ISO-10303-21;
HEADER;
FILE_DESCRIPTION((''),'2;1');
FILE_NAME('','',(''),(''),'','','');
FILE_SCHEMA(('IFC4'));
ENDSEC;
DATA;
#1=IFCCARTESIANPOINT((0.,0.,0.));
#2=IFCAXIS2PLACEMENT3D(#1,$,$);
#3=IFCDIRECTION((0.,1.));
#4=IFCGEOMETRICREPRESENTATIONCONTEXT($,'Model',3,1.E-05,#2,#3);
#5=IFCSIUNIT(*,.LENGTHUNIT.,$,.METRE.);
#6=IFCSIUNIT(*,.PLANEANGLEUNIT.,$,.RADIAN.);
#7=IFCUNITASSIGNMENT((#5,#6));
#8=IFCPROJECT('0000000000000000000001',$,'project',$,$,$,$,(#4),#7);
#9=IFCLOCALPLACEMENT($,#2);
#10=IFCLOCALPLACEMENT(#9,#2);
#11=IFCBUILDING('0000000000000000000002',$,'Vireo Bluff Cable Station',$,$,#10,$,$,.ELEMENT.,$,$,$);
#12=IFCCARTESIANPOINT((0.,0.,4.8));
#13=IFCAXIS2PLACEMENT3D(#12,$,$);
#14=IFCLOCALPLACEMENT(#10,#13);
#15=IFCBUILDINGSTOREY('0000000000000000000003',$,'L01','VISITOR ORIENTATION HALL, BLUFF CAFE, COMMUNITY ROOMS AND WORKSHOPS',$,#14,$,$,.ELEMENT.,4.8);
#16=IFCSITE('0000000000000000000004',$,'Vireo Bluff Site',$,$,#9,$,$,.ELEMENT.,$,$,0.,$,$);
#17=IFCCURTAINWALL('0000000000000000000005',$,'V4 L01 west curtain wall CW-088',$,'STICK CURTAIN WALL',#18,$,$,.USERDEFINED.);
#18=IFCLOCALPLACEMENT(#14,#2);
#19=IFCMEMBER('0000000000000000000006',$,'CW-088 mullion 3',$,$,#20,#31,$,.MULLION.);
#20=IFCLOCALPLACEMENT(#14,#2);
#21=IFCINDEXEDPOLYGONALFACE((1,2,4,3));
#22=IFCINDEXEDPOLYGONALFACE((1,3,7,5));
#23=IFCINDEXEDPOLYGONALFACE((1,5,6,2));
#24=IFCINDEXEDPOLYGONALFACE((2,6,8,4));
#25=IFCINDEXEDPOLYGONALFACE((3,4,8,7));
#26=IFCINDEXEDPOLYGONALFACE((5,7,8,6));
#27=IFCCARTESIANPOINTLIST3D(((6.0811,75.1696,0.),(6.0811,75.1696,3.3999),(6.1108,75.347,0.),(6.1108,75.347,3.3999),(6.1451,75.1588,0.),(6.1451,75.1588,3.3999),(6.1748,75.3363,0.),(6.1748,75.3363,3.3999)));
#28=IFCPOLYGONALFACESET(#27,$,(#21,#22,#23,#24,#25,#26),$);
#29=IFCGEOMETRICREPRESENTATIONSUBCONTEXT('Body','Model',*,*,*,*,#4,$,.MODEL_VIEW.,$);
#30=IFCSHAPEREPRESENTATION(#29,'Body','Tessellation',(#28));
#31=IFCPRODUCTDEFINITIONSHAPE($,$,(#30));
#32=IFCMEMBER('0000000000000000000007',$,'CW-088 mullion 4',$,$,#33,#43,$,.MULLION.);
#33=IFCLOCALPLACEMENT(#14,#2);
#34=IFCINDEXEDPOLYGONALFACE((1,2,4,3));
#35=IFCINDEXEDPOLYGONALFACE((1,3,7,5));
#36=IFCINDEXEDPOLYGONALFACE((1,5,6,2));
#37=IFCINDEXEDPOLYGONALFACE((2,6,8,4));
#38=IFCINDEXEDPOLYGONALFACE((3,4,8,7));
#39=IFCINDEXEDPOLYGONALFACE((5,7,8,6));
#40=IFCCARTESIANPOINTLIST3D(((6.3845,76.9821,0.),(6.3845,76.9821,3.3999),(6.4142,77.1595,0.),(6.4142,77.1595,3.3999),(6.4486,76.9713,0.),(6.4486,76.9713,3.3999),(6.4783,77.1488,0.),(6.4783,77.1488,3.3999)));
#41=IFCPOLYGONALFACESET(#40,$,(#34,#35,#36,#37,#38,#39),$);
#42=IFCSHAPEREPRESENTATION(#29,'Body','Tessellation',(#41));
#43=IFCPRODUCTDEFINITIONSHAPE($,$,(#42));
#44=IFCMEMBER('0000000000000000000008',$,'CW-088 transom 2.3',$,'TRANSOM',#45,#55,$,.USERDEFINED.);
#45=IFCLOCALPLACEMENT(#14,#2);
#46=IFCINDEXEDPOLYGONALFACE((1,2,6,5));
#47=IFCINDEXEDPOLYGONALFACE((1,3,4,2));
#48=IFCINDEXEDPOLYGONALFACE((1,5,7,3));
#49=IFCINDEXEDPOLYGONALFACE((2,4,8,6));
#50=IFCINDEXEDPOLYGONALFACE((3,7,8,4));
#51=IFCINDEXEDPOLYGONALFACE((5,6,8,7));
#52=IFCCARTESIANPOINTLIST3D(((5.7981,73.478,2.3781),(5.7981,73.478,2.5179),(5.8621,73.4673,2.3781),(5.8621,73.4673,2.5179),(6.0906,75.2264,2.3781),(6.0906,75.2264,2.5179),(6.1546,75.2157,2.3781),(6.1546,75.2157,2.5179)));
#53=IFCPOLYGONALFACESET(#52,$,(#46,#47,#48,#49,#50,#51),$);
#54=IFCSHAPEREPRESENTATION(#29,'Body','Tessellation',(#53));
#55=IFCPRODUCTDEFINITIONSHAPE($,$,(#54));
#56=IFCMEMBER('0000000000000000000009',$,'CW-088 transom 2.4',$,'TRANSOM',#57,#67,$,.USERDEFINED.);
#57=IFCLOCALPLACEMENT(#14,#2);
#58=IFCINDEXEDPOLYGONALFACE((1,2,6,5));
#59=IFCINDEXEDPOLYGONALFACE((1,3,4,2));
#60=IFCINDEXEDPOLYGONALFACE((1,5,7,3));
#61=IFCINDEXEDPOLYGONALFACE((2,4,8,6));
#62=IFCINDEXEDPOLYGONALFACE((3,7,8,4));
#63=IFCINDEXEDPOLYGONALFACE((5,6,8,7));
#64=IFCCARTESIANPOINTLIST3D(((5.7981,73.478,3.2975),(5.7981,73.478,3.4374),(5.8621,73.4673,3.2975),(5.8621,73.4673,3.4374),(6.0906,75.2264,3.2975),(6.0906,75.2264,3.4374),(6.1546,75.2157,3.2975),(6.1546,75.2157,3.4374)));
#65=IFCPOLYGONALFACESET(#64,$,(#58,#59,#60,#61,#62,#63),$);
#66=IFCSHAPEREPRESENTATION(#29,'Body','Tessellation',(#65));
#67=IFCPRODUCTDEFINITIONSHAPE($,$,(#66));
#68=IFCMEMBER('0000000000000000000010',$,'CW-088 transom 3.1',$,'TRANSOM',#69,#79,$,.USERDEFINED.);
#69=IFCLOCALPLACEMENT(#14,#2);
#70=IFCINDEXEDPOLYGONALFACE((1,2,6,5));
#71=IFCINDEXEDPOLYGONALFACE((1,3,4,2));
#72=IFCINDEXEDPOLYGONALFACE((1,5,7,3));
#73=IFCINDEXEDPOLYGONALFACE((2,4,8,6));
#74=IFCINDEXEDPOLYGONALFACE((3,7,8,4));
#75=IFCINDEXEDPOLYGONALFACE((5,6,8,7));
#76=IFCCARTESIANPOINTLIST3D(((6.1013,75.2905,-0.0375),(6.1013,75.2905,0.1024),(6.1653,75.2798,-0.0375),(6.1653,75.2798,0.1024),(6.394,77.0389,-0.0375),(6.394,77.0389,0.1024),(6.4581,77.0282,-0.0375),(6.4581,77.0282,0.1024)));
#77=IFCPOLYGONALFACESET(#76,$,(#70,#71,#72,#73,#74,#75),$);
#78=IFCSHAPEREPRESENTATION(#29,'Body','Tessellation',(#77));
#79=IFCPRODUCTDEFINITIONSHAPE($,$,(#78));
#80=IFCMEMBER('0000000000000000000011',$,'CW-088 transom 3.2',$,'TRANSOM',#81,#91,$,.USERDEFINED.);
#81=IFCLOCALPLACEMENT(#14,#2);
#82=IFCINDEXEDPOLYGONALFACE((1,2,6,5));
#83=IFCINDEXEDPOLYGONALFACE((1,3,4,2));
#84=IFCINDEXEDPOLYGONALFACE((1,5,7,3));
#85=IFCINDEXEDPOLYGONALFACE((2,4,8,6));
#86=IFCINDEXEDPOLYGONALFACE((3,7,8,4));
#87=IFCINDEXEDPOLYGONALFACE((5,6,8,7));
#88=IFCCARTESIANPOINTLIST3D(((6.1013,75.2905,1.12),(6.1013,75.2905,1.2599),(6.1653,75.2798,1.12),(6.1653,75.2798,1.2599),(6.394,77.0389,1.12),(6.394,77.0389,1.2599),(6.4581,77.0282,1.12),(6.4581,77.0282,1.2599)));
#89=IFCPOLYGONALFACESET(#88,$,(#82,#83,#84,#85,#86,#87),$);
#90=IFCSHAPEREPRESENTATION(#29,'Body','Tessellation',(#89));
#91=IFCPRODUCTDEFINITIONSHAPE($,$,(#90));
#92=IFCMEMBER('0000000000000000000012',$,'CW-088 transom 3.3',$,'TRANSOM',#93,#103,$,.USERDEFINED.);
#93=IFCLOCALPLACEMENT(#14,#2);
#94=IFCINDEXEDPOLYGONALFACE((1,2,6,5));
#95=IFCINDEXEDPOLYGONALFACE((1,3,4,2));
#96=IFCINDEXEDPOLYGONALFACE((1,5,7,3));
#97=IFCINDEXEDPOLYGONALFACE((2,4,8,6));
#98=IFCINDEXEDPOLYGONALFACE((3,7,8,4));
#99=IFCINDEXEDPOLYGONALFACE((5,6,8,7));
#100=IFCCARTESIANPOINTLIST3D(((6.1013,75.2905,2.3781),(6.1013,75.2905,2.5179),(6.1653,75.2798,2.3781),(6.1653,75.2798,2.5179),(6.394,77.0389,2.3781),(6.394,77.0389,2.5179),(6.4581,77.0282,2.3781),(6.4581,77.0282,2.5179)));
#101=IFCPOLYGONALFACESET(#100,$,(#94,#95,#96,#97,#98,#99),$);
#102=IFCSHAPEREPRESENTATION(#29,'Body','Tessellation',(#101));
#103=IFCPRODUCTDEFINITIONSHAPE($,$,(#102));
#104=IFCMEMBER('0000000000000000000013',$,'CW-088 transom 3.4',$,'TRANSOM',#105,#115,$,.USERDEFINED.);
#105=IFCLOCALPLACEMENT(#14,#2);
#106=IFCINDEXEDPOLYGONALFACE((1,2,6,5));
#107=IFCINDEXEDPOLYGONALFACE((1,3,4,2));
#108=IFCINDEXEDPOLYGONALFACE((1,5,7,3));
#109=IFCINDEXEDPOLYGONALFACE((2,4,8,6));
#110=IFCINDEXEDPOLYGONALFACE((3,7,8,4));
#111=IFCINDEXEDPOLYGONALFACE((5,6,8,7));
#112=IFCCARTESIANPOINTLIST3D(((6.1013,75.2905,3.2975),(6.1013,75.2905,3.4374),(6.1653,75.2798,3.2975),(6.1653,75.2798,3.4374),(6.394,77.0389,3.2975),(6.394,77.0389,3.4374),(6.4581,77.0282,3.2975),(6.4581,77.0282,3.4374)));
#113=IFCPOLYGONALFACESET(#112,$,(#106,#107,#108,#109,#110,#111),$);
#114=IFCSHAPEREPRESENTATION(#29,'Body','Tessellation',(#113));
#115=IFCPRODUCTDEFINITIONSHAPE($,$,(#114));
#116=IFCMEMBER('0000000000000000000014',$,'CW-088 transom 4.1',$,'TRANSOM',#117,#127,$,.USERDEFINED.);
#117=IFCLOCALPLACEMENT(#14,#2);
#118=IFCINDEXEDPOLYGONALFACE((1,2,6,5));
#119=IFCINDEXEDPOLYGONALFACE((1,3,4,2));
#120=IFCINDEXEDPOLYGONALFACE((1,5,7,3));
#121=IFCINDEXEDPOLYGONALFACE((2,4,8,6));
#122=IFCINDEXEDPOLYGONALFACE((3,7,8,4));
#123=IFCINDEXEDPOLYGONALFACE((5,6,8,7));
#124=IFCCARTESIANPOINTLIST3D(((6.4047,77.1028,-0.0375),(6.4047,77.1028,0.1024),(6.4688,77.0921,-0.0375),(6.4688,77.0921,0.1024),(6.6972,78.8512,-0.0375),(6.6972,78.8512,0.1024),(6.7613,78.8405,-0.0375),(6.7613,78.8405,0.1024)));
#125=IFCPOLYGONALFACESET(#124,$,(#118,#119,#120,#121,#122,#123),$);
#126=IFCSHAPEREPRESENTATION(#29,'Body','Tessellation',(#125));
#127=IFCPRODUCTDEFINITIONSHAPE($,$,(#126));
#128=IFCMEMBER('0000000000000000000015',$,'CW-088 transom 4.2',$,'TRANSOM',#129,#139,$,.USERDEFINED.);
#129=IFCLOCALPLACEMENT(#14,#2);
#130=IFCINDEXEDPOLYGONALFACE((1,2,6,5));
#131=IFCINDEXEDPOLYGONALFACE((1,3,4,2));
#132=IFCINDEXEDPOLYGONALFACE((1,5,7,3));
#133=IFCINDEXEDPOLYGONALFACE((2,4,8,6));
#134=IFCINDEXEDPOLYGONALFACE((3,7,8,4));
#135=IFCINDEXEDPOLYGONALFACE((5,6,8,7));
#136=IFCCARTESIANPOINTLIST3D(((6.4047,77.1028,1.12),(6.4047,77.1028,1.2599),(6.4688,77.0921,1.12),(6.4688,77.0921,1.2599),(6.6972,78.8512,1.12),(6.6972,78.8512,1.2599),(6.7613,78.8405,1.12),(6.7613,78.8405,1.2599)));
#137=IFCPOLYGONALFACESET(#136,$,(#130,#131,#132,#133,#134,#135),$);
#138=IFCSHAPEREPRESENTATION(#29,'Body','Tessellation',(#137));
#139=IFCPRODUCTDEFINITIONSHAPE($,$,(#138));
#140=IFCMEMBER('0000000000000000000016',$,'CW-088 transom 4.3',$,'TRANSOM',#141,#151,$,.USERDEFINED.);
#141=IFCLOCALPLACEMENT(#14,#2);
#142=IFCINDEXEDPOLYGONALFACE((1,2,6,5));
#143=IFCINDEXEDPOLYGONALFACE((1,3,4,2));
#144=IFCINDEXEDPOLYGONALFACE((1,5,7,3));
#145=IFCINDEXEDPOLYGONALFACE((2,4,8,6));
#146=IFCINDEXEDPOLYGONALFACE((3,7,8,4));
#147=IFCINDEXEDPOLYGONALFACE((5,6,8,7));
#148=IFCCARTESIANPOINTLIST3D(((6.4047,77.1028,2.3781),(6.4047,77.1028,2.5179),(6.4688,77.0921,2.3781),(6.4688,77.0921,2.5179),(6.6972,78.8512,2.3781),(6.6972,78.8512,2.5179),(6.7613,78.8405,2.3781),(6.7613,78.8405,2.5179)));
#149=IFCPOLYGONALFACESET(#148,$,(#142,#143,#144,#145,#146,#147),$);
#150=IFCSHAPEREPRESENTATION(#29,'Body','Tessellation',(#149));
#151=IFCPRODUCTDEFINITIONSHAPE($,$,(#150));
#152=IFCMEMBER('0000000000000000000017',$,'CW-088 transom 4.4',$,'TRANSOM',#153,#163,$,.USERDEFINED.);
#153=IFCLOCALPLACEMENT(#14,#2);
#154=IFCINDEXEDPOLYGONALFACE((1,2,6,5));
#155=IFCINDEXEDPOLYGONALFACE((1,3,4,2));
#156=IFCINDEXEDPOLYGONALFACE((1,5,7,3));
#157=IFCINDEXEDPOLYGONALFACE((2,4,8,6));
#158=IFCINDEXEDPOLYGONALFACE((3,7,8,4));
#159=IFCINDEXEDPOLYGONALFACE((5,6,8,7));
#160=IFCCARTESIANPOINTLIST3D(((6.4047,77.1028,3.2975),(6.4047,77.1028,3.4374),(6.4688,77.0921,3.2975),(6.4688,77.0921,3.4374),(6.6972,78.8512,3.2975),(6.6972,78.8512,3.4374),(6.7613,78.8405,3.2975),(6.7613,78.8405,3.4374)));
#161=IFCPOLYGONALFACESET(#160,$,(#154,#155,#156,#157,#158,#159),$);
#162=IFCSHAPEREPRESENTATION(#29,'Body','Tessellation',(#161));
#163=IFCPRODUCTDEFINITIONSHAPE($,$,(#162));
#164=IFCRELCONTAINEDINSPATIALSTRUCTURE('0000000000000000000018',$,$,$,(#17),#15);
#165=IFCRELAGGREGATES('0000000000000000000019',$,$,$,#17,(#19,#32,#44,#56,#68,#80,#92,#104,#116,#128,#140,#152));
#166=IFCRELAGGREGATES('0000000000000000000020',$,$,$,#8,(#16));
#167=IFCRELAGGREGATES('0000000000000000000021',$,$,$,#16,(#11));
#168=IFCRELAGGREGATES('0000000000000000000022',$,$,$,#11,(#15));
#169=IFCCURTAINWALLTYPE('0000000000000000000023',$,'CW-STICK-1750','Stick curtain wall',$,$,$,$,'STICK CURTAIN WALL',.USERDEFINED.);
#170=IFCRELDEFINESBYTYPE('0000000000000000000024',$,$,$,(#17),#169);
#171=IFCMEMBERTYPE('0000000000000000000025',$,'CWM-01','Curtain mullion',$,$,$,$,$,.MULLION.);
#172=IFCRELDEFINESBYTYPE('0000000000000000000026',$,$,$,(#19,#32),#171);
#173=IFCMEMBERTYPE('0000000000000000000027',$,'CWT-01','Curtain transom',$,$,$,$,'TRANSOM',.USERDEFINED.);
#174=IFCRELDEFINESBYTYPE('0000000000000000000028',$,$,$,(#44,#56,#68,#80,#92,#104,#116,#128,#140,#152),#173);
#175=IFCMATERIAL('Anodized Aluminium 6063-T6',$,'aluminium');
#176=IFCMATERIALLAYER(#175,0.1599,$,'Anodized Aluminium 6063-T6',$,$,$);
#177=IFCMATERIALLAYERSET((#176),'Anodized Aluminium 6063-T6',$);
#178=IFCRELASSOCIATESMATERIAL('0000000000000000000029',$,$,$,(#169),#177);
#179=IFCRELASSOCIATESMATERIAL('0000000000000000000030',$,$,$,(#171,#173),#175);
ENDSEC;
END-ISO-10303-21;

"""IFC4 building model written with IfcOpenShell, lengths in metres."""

from ifc_helpers import new_model, si_unit, direction, frame, origin, origin_2d, place, context, subcontext, project, spatial, rectangle, extrude, material, layer, layer_set, material_profile, profile_set, type_object, element, aggregate, save


model = new_model("IFC4")

# Units and contexts
model_context = context("Model", 3, precision=1e-05, world=origin(), true_north=direction((0.0, 1.0)))
body_context = subcontext(model_context, "Body", "Model", "MODEL_VIEW")
ifc_project = project(units=[si_unit("LENGTHUNIT", "METRE"), si_unit("PLANEANGLEUNIT", "RADIAN")], contexts=[model_context])

# Site, building, storey
site_placement = place(None, origin())
site = spatial("IfcSite", under=ifc_project, at=site_placement, Name="Vireo Bluff Site", CompositionType="ELEMENT", RefElevation=0.0)
building_placement = place(site_placement, origin())
building = spatial("IfcBuilding", under=site, at=building_placement, Name="Vireo Bluff Cable Station", CompositionType="ELEMENT")
storey_placement = place(building_placement, frame((0.0, 0.0, 4.8)))
storey = spatial("IfcBuildingStorey", under=building, at=storey_placement, Name="L01", Description="VISITOR ORIENTATION HALL, BLUFF CAFE, COMMUNITY ROOMS AND WORKSHOPS", CompositionType="ELEMENT", Elevation=4.8)

# Curtain wall, members
ifc_material_1 = material(Name="Anodized Aluminium 6063-T6", Category="aluminium")
ifc_layer_1 = layer(ifc_material_1, 0.1599, Name="Anodized Aluminium 6063-T6")
ifc_layer_set_1 = layer_set([ifc_layer_1], Name="Anodized Aluminium 6063-T6")
curtain_wall_type = type_object("IfcCurtainWallType", Name="CW-STICK-1750", Description="Stick curtain wall", ElementType="STICK CURTAIN WALL", PredefinedType="USERDEFINED", material=ifc_layer_set_1)
curtain_wall_placement = place(storey_placement, origin())
curtain_wall = element("IfcCurtainWall", 1, at=curtain_wall_placement, inside=storey, type_object=curtain_wall_type, Name="V4 L01 west curtain wall CW-088", ObjectType="STICK CURTAIN WALL", PredefinedType="USERDEFINED")
ifc_material_profile_1 = material_profile(ifc_material_1, rectangle(XDim=0.0649, YDim=0.1799, at=origin_2d()), Name="ALU-M-65X180")
ifc_profile_set_1 = profile_set([ifc_material_profile_1], Name="Anodized Aluminium 6063-T6")
member_type_1 = type_object("IfcMemberType", Name="CWM-01", Description="Curtain mullion", PredefinedType="MULLION", material=ifc_profile_set_1)
member_1_placement = place(storey_placement, frame((6.1279, 75.2529, 0.0), z_axis=(0.0, 0.0, 1.0), x_axis=(-0.986286, 0.165048, 0.0)))
member_1 = element("IfcMember", 2, at=member_1_placement, type_object=member_type_1, Name="CW-088 mullion 3", PredefinedType="MULLION", context=body_context, shape_type="SweptSolid", body=[
    extrude(rectangle(XDim=0.0649, YDim=0.1799, at=origin_2d()), origin(), (0.0, 0.0, 1.0), 3.3999),
])
member_2_placement = place(storey_placement, frame((6.4314, 77.0654, 0.0), z_axis=(0.0, 0.0, 1.0), x_axis=(-0.986286, 0.165048, 0.0)))
member_2 = element("IfcMember", 3, at=member_2_placement, type_object=member_type_1, Name="CW-088 mullion 4", PredefinedType="MULLION", context=body_context, shape_type="SweptSolid", body=[
    extrude(rectangle(XDim=0.0649, YDim=0.1799, at=origin_2d()), origin(), (0.0, 0.0, 1.0), 3.3999),
])
ifc_material_profile_2 = material_profile(ifc_material_1, rectangle(XDim=0.0649, YDim=0.1399, at=origin_2d()), Name="ALU-T-65X140")
ifc_profile_set_2 = profile_set([ifc_material_profile_2], Name="Anodized Aluminium 6063-T6")
member_type_2 = type_object("IfcMemberType", Name="CWT-01", Description="Curtain transom", ElementType="TRANSOM", PredefinedType="USERDEFINED", material=ifc_profile_set_2)
member_3_placement = place(storey_placement, frame((5.8301, 73.4727, 2.448), z_axis=(0.165002, 0.986293, 0.0), x_axis=(-0.986293, 0.165002, 0.0)))
member_3 = element("IfcMember", 4, at=member_3_placement, type_object=member_type_2, Name="CW-088 transom 2.3", ObjectType="TRANSOM", PredefinedType="USERDEFINED", context=body_context, shape_type="SweptSolid", body=[
    extrude(rectangle(XDim=0.0649, YDim=0.1399, at=origin_2d()), origin(), (0.0, 0.0, 1.0), 1.7727),
])
member_4_placement = place(storey_placement, frame((5.8301, 73.4727, 3.3674), z_axis=(0.165002, 0.986293, 0.0), x_axis=(-0.986293, 0.165002, 0.0)))
member_4 = element("IfcMember", 5, at=member_4_placement, type_object=member_type_2, Name="CW-088 transom 2.4", ObjectType="TRANSOM", PredefinedType="USERDEFINED", context=body_context, shape_type="SweptSolid", body=[
    extrude(rectangle(XDim=0.0649, YDim=0.1399, at=origin_2d()), origin(), (0.0, 0.0, 1.0), 1.7727),
])
member_5_placement = place(storey_placement, frame((6.1333, 75.2852, 0.0325), z_axis=(0.165136, 0.986271, 0.0), x_axis=(-0.986271, 0.165136, 0.0)))
member_5 = element("IfcMember", 6, at=member_5_placement, type_object=member_type_2, Name="CW-088 transom 3.1", ObjectType="TRANSOM", PredefinedType="USERDEFINED", context=body_context, shape_type="SweptSolid", body=[
    extrude(rectangle(XDim=0.0649, YDim=0.1399, at=origin_2d()), origin(), (0.0, 0.0, 1.0), 1.7727),
])
member_6_placement = place(storey_placement, frame((6.1333, 75.2852, 1.1899), z_axis=(0.165136, 0.986271, 0.0), x_axis=(-0.986271, 0.165136, 0.0)))
member_6 = element("IfcMember", 7, at=member_6_placement, type_object=member_type_2, Name="CW-088 transom 3.2", ObjectType="TRANSOM", PredefinedType="USERDEFINED", context=body_context, shape_type="SweptSolid", body=[
    extrude(rectangle(XDim=0.0649, YDim=0.1399, at=origin_2d()), origin(), (0.0, 0.0, 1.0), 1.7727),
])
member_7_placement = place(storey_placement, frame((6.1333, 75.2852, 2.448), z_axis=(0.165136, 0.986271, 0.0), x_axis=(-0.986271, 0.165136, 0.0)))
member_7 = element("IfcMember", 8, at=member_7_placement, type_object=member_type_2, Name="CW-088 transom 3.3", ObjectType="TRANSOM", PredefinedType="USERDEFINED", context=body_context, shape_type="SweptSolid", body=[
    extrude(rectangle(XDim=0.0649, YDim=0.1399, at=origin_2d()), origin(), (0.0, 0.0, 1.0), 1.7727),
])
member_8_placement = place(storey_placement, frame((6.1333, 75.2852, 3.3674), z_axis=(0.165136, 0.986271, 0.0), x_axis=(-0.986271, 0.165136, 0.0)))
member_8 = element("IfcMember", 9, at=member_8_placement, type_object=member_type_2, Name="CW-088 transom 3.4", ObjectType="TRANSOM", PredefinedType="USERDEFINED", context=body_context, shape_type="SweptSolid", body=[
    extrude(rectangle(XDim=0.0649, YDim=0.1399, at=origin_2d()), origin(), (0.0, 0.0, 1.0), 1.7727),
])
member_9_placement = place(storey_placement, frame((6.4368, 77.0974, 0.0325), z_axis=(0.165002, 0.986293, 0.0), x_axis=(-0.986293, 0.165002, 0.0)))
member_9 = element("IfcMember", 10, at=member_9_placement, type_object=member_type_2, Name="CW-088 transom 4.1", ObjectType="TRANSOM", PredefinedType="USERDEFINED", context=body_context, shape_type="SweptSolid", body=[
    extrude(rectangle(XDim=0.0649, YDim=0.1399, at=origin_2d()), origin(), (0.0, 0.0, 1.0), 1.7727),
])
member_10_placement = place(storey_placement, frame((6.4368, 77.0974, 1.1899), z_axis=(0.165002, 0.986293, 0.0), x_axis=(-0.986293, 0.165002, 0.0)))
member_10 = element("IfcMember", 11, at=member_10_placement, type_object=member_type_2, Name="CW-088 transom 4.2", ObjectType="TRANSOM", PredefinedType="USERDEFINED", context=body_context, shape_type="SweptSolid", body=[
    extrude(rectangle(XDim=0.0649, YDim=0.1399, at=origin_2d()), origin(), (0.0, 0.0, 1.0), 1.7727),
])
member_11_placement = place(storey_placement, frame((6.4368, 77.0974, 2.448), z_axis=(0.165002, 0.986293, 0.0), x_axis=(-0.986293, 0.165002, 0.0)))
member_11 = element("IfcMember", 12, at=member_11_placement, type_object=member_type_2, Name="CW-088 transom 4.3", ObjectType="TRANSOM", PredefinedType="USERDEFINED", context=body_context, shape_type="SweptSolid", body=[
    extrude(rectangle(XDim=0.0649, YDim=0.1399, at=origin_2d()), origin(), (0.0, 0.0, 1.0), 1.7727),
])
member_12_placement = place(storey_placement, frame((6.4368, 77.0974, 3.3674), z_axis=(0.165002, 0.986293, 0.0), x_axis=(-0.986293, 0.165002, 0.0)))
member_12 = element("IfcMember", 13, at=member_12_placement, type_object=member_type_2, Name="CW-088 transom 4.4", ObjectType="TRANSOM", PredefinedType="USERDEFINED", context=body_context, shape_type="SweptSolid", body=[
    extrude(rectangle(XDim=0.0649, YDim=0.1399, at=origin_2d()), origin(), (0.0, 0.0, 1.0), 1.7727),
])

aggregate(curtain_wall, [member_1, member_2, member_3, member_4, member_5, member_6, member_7, member_8, member_9, member_10, member_11, member_12])

save(model, "model.ifc")
